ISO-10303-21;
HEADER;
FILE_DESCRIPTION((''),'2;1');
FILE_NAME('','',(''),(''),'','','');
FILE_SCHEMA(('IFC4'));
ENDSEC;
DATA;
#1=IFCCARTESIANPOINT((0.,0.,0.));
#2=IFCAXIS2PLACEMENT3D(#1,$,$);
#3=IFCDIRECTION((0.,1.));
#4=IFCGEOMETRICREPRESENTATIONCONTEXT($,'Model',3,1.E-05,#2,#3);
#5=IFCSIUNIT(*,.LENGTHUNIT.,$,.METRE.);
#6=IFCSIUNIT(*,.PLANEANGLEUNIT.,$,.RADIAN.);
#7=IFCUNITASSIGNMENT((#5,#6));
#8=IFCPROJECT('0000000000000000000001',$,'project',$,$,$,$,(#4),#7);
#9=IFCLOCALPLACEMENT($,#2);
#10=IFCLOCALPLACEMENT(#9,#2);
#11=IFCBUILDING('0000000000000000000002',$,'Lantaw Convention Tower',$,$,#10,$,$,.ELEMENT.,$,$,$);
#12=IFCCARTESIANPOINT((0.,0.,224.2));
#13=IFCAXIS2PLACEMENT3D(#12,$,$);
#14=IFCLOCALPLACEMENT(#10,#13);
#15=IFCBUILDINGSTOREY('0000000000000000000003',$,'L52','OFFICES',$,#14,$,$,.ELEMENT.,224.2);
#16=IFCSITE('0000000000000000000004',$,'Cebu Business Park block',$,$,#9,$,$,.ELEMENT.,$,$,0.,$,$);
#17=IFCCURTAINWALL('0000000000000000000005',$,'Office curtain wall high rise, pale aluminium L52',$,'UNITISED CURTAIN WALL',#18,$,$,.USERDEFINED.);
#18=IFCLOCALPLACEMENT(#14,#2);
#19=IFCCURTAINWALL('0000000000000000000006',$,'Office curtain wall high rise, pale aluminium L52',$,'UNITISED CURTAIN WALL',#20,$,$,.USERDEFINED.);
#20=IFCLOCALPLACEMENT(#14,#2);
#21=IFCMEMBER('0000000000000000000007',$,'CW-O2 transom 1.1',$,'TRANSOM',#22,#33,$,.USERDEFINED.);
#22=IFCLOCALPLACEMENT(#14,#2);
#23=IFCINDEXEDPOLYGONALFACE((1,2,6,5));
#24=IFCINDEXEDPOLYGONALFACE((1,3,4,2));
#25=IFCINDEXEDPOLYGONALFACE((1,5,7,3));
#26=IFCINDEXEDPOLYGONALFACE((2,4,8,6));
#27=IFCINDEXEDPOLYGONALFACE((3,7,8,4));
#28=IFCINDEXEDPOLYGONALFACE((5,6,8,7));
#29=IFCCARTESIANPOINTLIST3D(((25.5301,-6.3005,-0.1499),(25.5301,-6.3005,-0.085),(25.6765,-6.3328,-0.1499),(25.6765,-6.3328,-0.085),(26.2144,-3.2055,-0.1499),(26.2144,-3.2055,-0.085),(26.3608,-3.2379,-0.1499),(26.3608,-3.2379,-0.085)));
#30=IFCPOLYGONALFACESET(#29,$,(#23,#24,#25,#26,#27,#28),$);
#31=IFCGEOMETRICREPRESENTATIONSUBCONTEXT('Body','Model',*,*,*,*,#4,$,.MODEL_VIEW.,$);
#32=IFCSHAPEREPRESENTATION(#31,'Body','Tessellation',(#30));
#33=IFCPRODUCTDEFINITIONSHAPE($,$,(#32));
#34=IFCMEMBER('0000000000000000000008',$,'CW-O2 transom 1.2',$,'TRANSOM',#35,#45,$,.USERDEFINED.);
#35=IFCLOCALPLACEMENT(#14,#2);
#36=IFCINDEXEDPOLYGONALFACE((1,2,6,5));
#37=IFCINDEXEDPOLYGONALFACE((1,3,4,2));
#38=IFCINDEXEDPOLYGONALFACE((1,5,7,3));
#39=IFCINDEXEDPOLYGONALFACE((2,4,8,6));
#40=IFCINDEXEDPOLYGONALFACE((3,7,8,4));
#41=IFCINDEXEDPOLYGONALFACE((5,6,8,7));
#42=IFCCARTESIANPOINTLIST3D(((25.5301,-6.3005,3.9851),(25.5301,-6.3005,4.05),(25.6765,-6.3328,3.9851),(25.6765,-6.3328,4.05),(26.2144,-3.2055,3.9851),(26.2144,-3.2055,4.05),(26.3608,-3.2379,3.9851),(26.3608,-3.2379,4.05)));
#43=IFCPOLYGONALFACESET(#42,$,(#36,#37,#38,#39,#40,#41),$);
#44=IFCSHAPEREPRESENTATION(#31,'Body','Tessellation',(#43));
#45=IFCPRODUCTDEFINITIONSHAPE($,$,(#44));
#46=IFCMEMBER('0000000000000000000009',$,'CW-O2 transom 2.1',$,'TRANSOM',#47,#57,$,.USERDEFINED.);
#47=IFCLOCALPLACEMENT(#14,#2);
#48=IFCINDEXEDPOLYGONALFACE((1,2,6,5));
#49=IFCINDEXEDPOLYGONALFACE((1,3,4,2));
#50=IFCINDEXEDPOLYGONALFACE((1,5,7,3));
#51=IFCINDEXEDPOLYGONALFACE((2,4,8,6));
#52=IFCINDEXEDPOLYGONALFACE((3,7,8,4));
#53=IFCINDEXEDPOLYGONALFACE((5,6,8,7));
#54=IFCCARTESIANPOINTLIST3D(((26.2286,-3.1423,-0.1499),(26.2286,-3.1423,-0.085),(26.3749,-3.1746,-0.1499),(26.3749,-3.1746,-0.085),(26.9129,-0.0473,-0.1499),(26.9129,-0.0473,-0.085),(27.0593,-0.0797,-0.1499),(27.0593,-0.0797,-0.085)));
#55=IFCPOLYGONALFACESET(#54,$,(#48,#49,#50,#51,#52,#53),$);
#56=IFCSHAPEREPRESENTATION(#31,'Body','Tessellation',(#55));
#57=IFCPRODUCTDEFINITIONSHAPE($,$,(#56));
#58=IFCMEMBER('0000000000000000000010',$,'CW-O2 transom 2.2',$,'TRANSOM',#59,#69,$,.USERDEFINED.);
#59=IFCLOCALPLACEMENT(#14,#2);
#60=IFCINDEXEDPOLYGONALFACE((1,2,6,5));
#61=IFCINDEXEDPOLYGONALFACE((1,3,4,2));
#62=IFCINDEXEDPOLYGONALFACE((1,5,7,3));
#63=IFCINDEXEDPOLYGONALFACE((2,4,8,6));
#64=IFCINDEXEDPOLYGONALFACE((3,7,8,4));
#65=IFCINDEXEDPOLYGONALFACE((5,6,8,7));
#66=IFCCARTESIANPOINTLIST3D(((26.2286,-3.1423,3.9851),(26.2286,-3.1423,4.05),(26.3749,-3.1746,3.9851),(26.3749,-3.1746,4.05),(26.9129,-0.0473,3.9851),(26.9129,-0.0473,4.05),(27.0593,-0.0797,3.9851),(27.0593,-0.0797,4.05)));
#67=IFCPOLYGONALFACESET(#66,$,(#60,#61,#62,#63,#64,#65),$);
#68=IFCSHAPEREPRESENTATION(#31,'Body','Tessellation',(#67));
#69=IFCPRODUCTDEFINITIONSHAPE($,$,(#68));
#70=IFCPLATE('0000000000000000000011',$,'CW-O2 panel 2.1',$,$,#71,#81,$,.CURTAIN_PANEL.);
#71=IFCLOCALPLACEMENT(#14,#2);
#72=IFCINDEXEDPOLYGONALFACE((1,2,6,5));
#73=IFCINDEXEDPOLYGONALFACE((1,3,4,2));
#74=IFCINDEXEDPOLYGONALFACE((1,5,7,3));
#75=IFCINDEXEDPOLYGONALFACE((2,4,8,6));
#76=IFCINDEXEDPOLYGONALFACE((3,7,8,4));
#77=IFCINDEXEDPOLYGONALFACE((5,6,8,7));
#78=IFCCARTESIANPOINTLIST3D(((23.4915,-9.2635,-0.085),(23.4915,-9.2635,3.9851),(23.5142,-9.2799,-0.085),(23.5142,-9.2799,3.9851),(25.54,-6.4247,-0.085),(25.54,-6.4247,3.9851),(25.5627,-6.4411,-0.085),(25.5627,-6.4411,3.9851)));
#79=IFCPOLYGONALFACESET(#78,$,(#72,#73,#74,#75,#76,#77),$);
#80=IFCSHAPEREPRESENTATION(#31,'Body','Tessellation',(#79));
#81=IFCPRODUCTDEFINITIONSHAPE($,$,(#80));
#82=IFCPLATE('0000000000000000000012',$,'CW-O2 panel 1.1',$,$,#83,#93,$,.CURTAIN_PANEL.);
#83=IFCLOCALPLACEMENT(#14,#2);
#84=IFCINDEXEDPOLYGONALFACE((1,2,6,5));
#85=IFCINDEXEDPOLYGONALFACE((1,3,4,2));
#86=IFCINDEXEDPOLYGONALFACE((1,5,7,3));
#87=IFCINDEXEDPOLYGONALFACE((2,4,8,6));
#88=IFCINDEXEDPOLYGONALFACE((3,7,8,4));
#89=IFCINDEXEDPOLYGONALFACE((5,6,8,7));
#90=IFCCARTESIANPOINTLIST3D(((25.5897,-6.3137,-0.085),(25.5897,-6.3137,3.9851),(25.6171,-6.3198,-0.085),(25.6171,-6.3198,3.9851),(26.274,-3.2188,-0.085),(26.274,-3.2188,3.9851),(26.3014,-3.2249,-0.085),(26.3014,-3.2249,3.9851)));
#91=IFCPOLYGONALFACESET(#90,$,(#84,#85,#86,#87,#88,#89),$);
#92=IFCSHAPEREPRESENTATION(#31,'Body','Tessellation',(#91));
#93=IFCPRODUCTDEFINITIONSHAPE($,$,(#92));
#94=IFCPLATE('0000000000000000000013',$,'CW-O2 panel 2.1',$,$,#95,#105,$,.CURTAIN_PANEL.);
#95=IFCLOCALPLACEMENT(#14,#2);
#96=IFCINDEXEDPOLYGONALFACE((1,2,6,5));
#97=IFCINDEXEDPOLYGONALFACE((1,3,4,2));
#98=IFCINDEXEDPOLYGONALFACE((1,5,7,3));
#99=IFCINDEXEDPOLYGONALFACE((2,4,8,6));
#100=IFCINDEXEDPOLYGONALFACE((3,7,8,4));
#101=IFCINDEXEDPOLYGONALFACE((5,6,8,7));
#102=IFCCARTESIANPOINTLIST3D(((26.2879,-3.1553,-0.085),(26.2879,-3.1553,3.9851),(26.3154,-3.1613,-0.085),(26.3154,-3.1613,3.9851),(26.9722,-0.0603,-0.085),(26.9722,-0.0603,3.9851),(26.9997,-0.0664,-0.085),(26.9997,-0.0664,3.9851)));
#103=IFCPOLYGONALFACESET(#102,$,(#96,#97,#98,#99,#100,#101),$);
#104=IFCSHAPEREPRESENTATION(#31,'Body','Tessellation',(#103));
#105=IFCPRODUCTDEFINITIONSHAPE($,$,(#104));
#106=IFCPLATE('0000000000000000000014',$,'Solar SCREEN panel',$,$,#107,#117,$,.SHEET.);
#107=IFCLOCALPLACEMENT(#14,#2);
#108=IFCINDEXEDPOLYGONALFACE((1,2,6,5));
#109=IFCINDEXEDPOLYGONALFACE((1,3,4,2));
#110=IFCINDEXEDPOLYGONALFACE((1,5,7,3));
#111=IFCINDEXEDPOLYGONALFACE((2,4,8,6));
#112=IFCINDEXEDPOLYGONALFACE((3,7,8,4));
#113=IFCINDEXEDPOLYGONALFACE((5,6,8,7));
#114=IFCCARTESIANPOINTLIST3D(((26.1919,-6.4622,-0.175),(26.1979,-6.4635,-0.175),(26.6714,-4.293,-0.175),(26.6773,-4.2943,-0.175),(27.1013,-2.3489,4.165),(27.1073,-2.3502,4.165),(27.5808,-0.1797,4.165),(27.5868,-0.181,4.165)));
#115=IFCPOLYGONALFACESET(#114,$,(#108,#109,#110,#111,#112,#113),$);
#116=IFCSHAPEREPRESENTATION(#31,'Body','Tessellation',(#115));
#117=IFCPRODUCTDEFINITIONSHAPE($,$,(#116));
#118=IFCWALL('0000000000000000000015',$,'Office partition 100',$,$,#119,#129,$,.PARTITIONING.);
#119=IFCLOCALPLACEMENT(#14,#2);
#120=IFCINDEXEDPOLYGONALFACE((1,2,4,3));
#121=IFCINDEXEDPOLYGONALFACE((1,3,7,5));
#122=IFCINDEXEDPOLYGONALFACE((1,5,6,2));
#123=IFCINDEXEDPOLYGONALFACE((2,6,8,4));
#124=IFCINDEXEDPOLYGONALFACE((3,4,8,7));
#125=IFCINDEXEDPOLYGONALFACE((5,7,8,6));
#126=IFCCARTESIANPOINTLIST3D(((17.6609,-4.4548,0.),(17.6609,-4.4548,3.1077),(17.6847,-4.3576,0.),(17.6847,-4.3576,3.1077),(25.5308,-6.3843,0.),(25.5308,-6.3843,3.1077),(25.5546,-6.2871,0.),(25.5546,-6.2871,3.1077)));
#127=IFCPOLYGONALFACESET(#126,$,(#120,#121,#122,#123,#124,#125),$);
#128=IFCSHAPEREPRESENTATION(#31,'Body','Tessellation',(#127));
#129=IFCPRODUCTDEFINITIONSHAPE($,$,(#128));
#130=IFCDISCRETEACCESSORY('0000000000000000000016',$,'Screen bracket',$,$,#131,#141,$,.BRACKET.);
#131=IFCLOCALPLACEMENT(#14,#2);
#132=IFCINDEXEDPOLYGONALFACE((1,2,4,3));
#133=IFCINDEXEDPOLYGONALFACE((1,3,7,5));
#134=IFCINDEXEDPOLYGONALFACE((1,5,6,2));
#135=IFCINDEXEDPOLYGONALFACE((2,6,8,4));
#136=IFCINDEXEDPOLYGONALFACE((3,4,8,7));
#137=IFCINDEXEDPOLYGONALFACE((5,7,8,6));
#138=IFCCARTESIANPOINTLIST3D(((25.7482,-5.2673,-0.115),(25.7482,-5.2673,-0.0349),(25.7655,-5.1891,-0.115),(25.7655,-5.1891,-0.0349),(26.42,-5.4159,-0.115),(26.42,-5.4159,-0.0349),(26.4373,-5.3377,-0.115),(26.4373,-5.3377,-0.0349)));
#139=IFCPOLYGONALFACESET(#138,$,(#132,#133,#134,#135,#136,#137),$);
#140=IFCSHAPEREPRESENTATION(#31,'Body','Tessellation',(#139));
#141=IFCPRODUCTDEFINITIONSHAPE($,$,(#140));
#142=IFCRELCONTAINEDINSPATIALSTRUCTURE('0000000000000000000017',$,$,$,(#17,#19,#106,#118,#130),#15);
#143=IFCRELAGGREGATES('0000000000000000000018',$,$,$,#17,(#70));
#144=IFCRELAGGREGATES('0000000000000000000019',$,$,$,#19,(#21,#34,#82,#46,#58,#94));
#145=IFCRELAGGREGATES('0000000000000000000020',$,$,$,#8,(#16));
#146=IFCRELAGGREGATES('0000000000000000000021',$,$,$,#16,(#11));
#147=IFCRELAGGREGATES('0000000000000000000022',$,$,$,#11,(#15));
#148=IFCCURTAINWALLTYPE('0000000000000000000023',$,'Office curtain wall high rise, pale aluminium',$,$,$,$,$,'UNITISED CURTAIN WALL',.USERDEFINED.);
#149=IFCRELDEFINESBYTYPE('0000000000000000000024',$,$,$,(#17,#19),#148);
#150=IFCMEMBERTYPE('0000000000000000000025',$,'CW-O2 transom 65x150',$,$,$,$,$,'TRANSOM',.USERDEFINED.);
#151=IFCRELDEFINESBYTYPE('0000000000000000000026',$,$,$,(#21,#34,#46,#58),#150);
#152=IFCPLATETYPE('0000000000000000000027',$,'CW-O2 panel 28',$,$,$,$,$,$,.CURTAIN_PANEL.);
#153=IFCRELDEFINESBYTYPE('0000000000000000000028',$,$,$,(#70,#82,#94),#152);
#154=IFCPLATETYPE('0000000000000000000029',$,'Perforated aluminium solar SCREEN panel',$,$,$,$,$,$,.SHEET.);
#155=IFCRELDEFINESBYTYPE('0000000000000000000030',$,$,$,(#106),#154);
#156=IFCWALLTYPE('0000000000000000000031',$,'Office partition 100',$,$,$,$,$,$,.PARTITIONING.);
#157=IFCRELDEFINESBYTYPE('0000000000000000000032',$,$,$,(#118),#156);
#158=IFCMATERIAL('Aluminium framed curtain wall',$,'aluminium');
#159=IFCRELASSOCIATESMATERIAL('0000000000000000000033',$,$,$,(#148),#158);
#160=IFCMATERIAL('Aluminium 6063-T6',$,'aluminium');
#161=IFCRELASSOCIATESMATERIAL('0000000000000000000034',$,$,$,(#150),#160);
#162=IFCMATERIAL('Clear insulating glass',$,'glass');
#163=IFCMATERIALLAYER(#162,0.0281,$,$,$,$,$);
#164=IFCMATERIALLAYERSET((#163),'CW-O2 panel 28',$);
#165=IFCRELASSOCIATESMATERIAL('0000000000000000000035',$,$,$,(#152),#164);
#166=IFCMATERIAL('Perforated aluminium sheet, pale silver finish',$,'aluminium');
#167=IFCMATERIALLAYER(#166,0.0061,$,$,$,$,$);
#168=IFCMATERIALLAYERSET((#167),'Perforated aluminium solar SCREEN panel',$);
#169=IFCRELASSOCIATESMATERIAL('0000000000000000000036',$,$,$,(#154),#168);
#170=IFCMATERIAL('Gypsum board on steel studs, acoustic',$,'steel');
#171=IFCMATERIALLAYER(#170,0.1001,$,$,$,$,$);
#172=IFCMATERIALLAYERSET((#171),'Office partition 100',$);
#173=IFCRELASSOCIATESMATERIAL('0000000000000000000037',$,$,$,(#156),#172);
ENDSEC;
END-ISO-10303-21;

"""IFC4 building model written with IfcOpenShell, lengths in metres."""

from ifc_helpers import new_model, si_unit, direction, frame, frame_2d, origin, origin_2d, place, context, subcontext, project, spatial, polyline, rectangle, outline, extrude, material, layer, layer_set, material_profile, profile_set, type_object, element, aggregate, save


model = new_model("IFC4")

# Units and contexts
model_context = context("Model", 3, precision=1e-05, world=origin(), true_north=direction((0.0, 1.0)))
body_context = subcontext(model_context, "Body", "Model", "MODEL_VIEW")
ifc_project = project(units=[si_unit("LENGTHUNIT", "METRE"), si_unit("PLANEANGLEUNIT", "RADIAN")], contexts=[model_context])

# Site, building, storey
site_placement = place(None, origin())
site = spatial("IfcSite", under=ifc_project, at=site_placement, Name="Cebu Business Park block", CompositionType="ELEMENT", RefElevation=0.0)
building_placement = place(site_placement, origin())
building = spatial("IfcBuilding", under=site, at=building_placement, Name="Lantaw Convention Tower", CompositionType="ELEMENT")
storey_placement = place(building_placement, frame((0.0, 0.0, 224.2)))
storey = spatial("IfcBuildingStorey", under=building, at=storey_placement, Name="L52", Description="OFFICES", CompositionType="ELEMENT", Elevation=224.2)

# Curtain wall
ifc_material_1 = material(Name="Aluminium framed curtain wall", Category="aluminium")
curtain_wall_type = type_object("IfcCurtainWallType", Name="Office curtain wall high rise, pale aluminium", ElementType="UNITISED CURTAIN WALL", PredefinedType="USERDEFINED", material=ifc_material_1)
curtain_wall_1_placement = place(storey_placement, origin())
curtain_wall_1 = element("IfcCurtainWall", 1, at=curtain_wall_1_placement, inside=storey, type_object=curtain_wall_type, Name="Office curtain wall high rise, pale aluminium L52", ObjectType="UNITISED CURTAIN WALL", PredefinedType="USERDEFINED")
ifc_material_2 = material(Name="Aluminium 6063-T6", Category="aluminium")

# Curtain wall
curtain_wall_2_placement = place(storey_placement, origin())
curtain_wall_2 = element("IfcCurtainWall", 2, at=curtain_wall_2_placement, inside=storey, type_object=curtain_wall_type, Name="Office curtain wall high rise, pale aluminium L52", ObjectType="UNITISED CURTAIN WALL", PredefinedType="USERDEFINED")

# Members
ifc_material_profile_1 = material_profile(ifc_material_2, rectangle(XDim=0.1499, YDim=0.0649, at=origin_2d()), Name="CW-O2 transom 65x150")
ifc_profile_set_1 = profile_set([ifc_material_profile_1], Name="Aluminium 6063-T6")
member_type_1 = type_object("IfcMemberType", Name="CW-O2 transom 65x150", ElementType="TRANSOM", PredefinedType="USERDEFINED", material=ifc_profile_set_1)
member_1_placement = place(storey_placement, frame((25.6033, -6.3167, -0.1174), z_axis=(0.215895, 0.976417, 0.0), x_axis=(-0.976417, 0.215895, 0.0)))
member_1 = element("IfcMember", 3, at=member_1_placement, type_object=member_type_1, Name="CW-O2 transom 1.1", ObjectType="TRANSOM", PredefinedType="USERDEFINED", context=body_context, shape_type="SweptSolid", body=[
    extrude(rectangle(XDim=0.1499, YDim=0.0649, at=origin_2d()), origin(), (0.0, 0.0, 1.0), 3.1697),
])
member_2_placement = place(storey_placement, frame((25.6033, -6.3167, 4.0176), z_axis=(0.215895, 0.976417, 0.0), x_axis=(-0.976417, 0.215895, 0.0)))
member_2 = element("IfcMember", 4, at=member_2_placement, type_object=member_type_1, Name="CW-O2 transom 1.2", ObjectType="TRANSOM", PredefinedType="USERDEFINED", context=body_context, shape_type="SweptSolid", body=[
    extrude(rectangle(XDim=0.1499, YDim=0.0649, at=origin_2d()), origin(), (0.0, 0.0, 1.0), 3.1697),
])
member_3_placement = place(storey_placement, frame((26.3018, -3.1584, -0.1174), z_axis=(0.215895, 0.976417, 0.0), x_axis=(-0.976417, 0.215895, 0.0)))
member_3 = element("IfcMember", 5, at=member_3_placement, type_object=member_type_1, Name="CW-O2 transom 2.1", ObjectType="TRANSOM", PredefinedType="USERDEFINED", context=body_context, shape_type="SweptSolid", body=[
    extrude(rectangle(XDim=0.1499, YDim=0.0649, at=origin_2d()), origin(), (0.0, 0.0, 1.0), 3.1697),
])
member_4_placement = place(storey_placement, frame((26.3018, -3.1584, 4.0176), z_axis=(0.215895, 0.976417, 0.0), x_axis=(-0.976417, 0.215895, 0.0)))
member_4 = element("IfcMember", 6, at=member_4_placement, type_object=member_type_1, Name="CW-O2 transom 2.2", ObjectType="TRANSOM", PredefinedType="USERDEFINED", context=body_context, shape_type="SweptSolid", body=[
    extrude(rectangle(XDim=0.1499, YDim=0.0649, at=origin_2d()), origin(), (0.0, 0.0, 1.0), 3.1697),
])

# Plates
ifc_material_3 = material(Name="Clear insulating glass", Category="glass")
ifc_layer_1 = layer(ifc_material_3, 0.0281)
ifc_layer_set_1 = layer_set([ifc_layer_1], Name="CW-O2 panel 28")
plate_type_1 = type_object("IfcPlateType", Name="CW-O2 panel 28", PredefinedType="CURTAIN_PANEL", material=ifc_layer_set_1)
plate_1_placement = place(storey_placement, frame((24.5271, -7.8523, -0.085), z_axis=(0.0, 0.0, 1.0), x_axis=(0.585158, 0.81092, 0.0)))
plate_1 = element("IfcPlate", 7, at=plate_1_placement, type_object=plate_type_1, Name="CW-O2 panel 2.1", PredefinedType="CURTAIN_PANEL", context=body_context, shape_type="SweptSolid", body=[
    extrude(rectangle(XDim=3.5007, YDim=0.0281, at=origin_2d()), origin(), (0.0, 0.0, 1.0), 4.0701),
])
aggregate(curtain_wall_1, [plate_1])
plate_2_placement = place(storey_placement, frame((25.9456, -4.7693, -0.085), z_axis=(0.0, 0.0, 1.0), x_axis=(0.215891, 0.976417, 0.0)))
plate_2 = element("IfcPlate", 8, at=plate_2_placement, type_object=plate_type_1, Name="CW-O2 panel 1.1", PredefinedType="CURTAIN_PANEL", context=body_context, shape_type="SweptSolid", body=[
    extrude(rectangle(XDim=3.1697, YDim=0.0281, at=origin_2d()), origin(), (0.0, 0.0, 1.0), 4.0701),
])
plate_3_placement = place(storey_placement, frame((26.6438, -1.6108, -0.085), z_axis=(0.0, 0.0, 1.0), x_axis=(0.215891, 0.976417, 0.0)))
plate_3 = element("IfcPlate", 9, at=plate_3_placement, type_object=plate_type_1, Name="CW-O2 panel 2.1", PredefinedType="CURTAIN_PANEL", context=body_context, shape_type="SweptSolid", body=[
    extrude(rectangle(XDim=3.1697, YDim=0.0281, at=origin_2d()), origin(), (0.0, 0.0, 1.0), 4.0701),
])
aggregate(curtain_wall_2, [member_1, member_2, plate_2, member_3, member_4, plate_3])
ifc_material_4 = material(Name="Perforated aluminium sheet, pale silver finish", Category="aluminium")
ifc_layer_2 = layer(ifc_material_4, 0.0061)
ifc_layer_set_2 = layer_set([ifc_layer_2], Name="Perforated aluminium solar SCREEN panel")
plate_type_2 = type_object("IfcPlateType", Name="Perforated aluminium solar SCREEN panel", PredefinedType="SHEET", material=ifc_layer_set_2)
plate_4_placement = place(storey_placement, frame((26.1919, -6.4622, -0.175), z_axis=(-0.97643, 0.215837, 0.000044), x_axis=(0.215837, 0.97643, 0.0)))
element("IfcPlate", 10, at=plate_4_placement, inside=storey, type_object=plate_type_2, Name="Solar SCREEN panel", PredefinedType="SHEET", context=body_context, shape_type="SweptSolid", body=[
    extrude(outline(polyline([(0.0, 0.0), (2.2216, 0.0), (6.4342, -4.3401), (4.2126, -4.3401), (0.0, 0.0)])), origin(), (0.0, 0.0, -1.0), 0.0061),
])

# Wall
ifc_material_5 = material(Name="Gypsum board on steel studs, acoustic", Category="steel")
ifc_layer_3 = layer(ifc_material_5, 0.1001)
ifc_layer_set_3 = layer_set([ifc_layer_3], Name="Office partition 100")
wall_type = type_object("IfcWallType", Name="Office partition 100", PredefinedType="PARTITIONING", material=ifc_layer_set_3)
wall_placement = place(storey_placement, frame((25.5427, -6.3357, 0.0), z_axis=(0.0, 0.0, 1.0), x_axis=(-0.971237, 0.238116, 0.0)))
element("IfcWall", 11, at=wall_placement, inside=storey, type_object=wall_type, Name="Office partition 100", PredefinedType="PARTITIONING", context=body_context, shape_type="SweptSolid", body=[
    extrude(rectangle(XDim=8.103, YDim=0.1001, at=frame_2d((4.0515, 0.0))), origin(), (0.0, 0.0, 1.0), 3.1077),
])

# Discrete accessory
discrete_accessory_placement = place(storey_placement, frame((26.0928, -5.3025, -0.115), z_axis=(0.0, 0.0, 1.0), x_axis=(0.215891, 0.976417, 0.0)))
element("IfcDiscreteAccessory", 12, at=discrete_accessory_placement, inside=storey, Name="Screen bracket", PredefinedType="BRACKET", context=body_context, shape_type="SweptSolid", body=[
    extrude(rectangle(XDim=0.0801, YDim=0.688, at=origin_2d()), origin(), (0.0, 0.0, 1.0), 0.0801),
])

save(model, "model.ifc")
